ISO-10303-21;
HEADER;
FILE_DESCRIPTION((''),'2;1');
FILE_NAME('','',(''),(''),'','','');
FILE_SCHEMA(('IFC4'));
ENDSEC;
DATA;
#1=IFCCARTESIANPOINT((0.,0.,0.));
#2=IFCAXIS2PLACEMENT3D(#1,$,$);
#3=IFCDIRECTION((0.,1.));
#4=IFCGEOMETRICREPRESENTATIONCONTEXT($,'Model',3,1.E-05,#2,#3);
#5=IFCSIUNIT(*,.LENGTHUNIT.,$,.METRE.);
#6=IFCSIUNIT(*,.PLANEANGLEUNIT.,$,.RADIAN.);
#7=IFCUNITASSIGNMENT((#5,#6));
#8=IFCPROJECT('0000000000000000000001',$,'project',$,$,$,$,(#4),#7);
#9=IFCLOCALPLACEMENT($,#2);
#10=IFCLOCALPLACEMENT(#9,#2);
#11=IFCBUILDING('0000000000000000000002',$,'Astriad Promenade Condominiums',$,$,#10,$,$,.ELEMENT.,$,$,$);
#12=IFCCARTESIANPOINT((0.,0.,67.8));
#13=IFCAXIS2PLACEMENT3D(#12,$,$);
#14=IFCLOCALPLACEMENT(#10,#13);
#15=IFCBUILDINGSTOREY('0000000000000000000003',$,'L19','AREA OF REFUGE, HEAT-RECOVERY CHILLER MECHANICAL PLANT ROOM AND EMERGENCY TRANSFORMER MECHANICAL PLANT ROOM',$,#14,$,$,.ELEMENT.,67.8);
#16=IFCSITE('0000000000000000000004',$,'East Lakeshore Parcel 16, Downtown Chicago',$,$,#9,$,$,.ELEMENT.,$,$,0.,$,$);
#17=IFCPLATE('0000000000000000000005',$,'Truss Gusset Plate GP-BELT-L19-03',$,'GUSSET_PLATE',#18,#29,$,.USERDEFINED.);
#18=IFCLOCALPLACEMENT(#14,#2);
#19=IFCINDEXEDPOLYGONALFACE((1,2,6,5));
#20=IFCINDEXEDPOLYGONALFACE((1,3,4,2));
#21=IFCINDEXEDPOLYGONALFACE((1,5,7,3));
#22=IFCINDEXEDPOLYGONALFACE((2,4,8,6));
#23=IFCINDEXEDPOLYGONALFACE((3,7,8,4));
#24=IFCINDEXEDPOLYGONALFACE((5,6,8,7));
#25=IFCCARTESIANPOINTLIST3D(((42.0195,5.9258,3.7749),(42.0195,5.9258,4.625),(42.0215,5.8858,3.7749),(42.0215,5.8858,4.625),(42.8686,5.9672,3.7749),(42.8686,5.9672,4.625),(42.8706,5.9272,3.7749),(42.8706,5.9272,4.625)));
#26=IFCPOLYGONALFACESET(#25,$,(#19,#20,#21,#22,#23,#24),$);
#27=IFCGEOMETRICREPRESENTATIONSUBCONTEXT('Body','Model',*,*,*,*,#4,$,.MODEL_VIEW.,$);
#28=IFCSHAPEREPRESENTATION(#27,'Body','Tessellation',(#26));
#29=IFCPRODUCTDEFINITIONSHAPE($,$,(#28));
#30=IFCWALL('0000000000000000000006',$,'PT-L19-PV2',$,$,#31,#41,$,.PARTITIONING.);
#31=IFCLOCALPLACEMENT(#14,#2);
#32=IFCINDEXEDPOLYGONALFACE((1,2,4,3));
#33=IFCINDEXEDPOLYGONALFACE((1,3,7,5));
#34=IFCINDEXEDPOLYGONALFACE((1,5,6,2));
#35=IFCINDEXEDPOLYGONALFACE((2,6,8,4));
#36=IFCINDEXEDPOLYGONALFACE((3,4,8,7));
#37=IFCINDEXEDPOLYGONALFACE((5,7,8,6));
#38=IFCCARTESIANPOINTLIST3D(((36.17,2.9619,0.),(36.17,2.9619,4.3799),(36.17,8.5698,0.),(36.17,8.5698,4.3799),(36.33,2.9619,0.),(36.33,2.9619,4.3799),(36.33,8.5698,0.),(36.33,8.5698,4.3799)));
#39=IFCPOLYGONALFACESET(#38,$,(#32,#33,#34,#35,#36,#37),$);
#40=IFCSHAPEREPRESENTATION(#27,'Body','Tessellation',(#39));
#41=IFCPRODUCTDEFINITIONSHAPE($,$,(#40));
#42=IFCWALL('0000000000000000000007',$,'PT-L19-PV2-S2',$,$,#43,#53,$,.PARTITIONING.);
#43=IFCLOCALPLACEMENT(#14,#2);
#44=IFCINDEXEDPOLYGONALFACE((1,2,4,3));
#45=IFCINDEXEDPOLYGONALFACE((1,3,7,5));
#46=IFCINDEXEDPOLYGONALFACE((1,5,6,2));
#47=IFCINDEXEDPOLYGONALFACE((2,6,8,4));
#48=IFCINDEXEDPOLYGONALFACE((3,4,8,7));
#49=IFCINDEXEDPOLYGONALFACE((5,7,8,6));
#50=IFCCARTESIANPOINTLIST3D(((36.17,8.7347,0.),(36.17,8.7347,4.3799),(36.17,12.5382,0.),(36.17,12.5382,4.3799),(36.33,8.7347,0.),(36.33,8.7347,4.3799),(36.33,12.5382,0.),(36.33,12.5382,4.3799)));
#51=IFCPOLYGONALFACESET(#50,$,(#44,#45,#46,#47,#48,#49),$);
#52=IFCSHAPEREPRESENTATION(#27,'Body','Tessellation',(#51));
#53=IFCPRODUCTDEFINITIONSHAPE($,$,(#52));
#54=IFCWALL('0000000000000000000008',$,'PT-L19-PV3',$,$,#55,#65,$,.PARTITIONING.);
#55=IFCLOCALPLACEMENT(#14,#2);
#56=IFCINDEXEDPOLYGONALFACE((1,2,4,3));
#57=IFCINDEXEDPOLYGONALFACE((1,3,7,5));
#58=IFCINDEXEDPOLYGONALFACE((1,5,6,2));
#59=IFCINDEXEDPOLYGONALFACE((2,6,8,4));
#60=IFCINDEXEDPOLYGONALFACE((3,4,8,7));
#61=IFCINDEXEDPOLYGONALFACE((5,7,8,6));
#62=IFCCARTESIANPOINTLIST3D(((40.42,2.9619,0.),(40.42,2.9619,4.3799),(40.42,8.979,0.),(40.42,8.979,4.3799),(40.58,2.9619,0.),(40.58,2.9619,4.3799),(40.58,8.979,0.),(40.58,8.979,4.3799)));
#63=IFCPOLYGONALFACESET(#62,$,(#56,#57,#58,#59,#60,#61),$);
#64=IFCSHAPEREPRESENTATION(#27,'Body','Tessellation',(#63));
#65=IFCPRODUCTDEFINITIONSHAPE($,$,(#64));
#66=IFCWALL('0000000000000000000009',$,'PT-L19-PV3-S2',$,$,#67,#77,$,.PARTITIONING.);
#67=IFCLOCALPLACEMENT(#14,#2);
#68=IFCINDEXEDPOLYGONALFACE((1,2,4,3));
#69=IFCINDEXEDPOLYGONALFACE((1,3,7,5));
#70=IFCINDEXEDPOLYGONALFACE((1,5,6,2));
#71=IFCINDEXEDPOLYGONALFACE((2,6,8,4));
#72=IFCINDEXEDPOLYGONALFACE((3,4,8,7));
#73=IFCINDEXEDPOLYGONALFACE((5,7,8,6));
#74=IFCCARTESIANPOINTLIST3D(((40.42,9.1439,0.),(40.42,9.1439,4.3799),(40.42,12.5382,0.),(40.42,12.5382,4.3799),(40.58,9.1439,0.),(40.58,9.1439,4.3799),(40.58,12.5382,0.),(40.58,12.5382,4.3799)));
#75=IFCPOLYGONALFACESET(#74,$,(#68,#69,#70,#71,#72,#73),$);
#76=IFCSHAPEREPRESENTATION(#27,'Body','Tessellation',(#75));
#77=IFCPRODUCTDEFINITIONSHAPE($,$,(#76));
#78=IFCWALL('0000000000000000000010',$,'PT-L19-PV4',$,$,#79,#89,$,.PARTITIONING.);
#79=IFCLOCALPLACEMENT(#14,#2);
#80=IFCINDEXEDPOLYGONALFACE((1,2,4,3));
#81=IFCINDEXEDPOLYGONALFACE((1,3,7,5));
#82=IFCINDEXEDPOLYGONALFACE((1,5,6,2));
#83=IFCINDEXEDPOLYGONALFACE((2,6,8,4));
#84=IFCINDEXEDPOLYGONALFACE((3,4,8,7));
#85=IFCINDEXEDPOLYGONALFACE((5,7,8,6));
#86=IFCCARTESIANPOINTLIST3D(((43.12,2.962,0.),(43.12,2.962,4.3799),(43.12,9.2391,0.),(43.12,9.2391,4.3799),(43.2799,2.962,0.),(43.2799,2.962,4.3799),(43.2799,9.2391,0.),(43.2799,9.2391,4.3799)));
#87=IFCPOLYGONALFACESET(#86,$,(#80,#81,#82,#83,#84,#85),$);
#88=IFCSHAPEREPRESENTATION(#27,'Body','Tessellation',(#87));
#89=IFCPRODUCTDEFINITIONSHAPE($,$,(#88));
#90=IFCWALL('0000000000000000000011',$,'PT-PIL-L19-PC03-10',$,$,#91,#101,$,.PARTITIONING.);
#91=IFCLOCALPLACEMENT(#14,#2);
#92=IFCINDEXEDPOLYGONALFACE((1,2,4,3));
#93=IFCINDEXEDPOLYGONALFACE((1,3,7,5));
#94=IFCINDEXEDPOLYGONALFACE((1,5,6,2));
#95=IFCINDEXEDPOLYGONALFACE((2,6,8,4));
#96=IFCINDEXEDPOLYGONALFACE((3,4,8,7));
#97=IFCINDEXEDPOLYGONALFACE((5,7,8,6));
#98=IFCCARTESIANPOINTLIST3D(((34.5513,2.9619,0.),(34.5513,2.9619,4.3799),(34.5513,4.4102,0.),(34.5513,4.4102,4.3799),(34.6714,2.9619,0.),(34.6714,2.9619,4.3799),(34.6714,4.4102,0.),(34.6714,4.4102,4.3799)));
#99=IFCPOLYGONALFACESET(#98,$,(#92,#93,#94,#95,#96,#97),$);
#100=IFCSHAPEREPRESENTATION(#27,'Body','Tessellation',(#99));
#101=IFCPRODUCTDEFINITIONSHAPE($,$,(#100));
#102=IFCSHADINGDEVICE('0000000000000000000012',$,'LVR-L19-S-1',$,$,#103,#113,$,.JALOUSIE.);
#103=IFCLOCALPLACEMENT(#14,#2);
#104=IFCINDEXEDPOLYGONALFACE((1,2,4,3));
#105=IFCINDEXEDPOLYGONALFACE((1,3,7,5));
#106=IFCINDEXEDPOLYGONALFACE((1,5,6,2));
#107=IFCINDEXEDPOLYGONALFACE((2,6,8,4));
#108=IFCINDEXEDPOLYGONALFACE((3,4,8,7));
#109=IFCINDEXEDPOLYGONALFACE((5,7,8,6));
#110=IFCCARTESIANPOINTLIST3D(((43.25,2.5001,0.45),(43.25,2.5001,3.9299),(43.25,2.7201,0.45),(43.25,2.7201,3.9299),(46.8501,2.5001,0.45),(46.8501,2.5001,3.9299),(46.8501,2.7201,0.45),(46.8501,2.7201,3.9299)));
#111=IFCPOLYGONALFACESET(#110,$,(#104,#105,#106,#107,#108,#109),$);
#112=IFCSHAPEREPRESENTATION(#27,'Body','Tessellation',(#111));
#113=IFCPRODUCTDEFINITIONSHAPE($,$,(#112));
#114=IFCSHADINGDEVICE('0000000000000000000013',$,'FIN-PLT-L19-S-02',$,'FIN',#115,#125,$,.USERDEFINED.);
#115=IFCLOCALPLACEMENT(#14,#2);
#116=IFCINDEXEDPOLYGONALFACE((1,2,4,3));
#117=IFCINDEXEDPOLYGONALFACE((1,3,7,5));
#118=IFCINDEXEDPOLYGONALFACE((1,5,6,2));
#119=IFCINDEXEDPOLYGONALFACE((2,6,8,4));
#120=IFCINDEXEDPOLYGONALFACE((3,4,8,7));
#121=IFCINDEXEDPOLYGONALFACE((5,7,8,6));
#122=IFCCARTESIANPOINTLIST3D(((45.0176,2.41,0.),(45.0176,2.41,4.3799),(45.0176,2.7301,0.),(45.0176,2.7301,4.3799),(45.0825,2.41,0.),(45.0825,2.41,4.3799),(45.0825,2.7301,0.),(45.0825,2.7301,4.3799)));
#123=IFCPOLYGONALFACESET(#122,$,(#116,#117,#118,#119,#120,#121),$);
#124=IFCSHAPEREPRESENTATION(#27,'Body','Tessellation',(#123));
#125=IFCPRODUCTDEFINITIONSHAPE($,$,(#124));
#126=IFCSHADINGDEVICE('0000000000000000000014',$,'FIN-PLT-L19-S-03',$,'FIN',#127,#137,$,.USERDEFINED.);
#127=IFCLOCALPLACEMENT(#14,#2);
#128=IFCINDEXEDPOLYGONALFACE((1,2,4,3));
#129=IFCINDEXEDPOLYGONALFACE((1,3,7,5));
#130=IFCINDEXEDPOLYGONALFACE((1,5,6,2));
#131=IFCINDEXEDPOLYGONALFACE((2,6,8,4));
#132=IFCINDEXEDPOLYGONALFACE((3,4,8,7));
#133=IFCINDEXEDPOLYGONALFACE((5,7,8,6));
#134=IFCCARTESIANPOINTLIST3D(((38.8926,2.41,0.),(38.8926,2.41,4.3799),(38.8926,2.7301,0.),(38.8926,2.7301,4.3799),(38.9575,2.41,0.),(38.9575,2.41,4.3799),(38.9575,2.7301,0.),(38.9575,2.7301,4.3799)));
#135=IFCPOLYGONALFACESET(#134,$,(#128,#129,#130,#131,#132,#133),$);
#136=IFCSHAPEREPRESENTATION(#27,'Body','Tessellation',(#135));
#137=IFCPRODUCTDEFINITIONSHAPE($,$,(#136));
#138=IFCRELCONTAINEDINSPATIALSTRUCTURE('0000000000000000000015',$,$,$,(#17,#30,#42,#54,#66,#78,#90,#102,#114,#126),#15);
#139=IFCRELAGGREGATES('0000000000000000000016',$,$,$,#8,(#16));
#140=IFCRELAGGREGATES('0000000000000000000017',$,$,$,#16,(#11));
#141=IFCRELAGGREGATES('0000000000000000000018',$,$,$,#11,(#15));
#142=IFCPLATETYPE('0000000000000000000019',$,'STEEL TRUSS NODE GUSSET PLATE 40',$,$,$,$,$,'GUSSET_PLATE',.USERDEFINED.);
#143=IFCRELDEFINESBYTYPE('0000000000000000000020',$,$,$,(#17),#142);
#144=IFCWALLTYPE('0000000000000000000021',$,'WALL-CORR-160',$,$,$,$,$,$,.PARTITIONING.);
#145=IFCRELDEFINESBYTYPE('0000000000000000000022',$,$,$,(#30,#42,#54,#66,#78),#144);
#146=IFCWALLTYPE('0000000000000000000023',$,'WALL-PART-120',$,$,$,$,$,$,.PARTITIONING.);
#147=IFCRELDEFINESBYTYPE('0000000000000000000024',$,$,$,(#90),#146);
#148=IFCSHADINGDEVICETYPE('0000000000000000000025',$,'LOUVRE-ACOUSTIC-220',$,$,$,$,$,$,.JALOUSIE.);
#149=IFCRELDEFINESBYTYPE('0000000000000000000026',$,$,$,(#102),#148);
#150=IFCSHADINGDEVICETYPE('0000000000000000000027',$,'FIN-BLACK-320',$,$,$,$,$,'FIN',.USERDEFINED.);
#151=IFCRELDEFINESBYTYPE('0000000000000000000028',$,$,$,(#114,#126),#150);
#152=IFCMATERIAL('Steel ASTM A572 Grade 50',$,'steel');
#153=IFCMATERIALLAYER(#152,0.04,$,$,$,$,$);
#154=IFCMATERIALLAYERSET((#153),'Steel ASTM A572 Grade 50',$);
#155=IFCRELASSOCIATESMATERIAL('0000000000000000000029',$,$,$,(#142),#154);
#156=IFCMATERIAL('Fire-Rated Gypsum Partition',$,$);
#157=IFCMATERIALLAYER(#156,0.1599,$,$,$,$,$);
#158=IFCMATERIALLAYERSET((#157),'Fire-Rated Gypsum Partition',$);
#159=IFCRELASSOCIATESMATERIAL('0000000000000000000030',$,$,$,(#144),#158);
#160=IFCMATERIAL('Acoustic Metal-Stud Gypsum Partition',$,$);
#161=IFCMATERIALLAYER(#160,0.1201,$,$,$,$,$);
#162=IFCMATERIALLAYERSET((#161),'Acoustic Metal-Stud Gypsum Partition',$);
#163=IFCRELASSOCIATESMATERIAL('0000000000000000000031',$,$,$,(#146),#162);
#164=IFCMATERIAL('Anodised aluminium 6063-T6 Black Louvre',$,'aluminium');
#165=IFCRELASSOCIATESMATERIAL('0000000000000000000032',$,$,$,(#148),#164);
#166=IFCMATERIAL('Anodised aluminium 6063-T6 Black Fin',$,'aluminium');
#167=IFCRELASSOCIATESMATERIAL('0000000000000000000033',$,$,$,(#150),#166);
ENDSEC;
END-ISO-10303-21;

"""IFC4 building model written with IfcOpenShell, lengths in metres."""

from ifc_helpers import new_model, si_unit, direction, frame, frame_2d, origin, origin_2d, place, context, subcontext, project, spatial, rectangle, extrude, source, transform, mapped, material, layer, layer_set, type_object, type_shapes, element, save


model = new_model("IFC4")

# Units and contexts
model_context = context("Model", 3, precision=1e-05, world=origin(), true_north=direction((0.0, 1.0)))
body_context = subcontext(model_context, "Body", "Model", "MODEL_VIEW")
ifc_project = project(units=[si_unit("LENGTHUNIT", "METRE"), si_unit("PLANEANGLEUNIT", "RADIAN")], contexts=[model_context])

# Site, building, storey
site_placement = place(None, origin())
site = spatial("IfcSite", under=ifc_project, at=site_placement, Name="East Lakeshore Parcel 16, Downtown Chicago", CompositionType="ELEMENT", RefElevation=0.0)
building_placement = place(site_placement, origin())
building = spatial("IfcBuilding", under=site, at=building_placement, Name="Astriad Promenade Condominiums", CompositionType="ELEMENT")
storey_placement = place(building_placement, frame((0.0, 0.0, 67.8)))
storey = spatial("IfcBuildingStorey", under=building, at=storey_placement, Name="L19", Description="AREA OF REFUGE, HEAT-RECOVERY CHILLER MECHANICAL PLANT ROOM AND EMERGENCY TRANSFORMER MECHANICAL PLANT ROOM", CompositionType="ELEMENT", Elevation=67.8)

# Plate
ifc_material_1 = material(Name="Steel ASTM A572 Grade 50", Category="steel")
ifc_layer_1 = layer(ifc_material_1, 0.04)
ifc_layer_set_1 = layer_set([ifc_layer_1], Name="Steel ASTM A572 Grade 50")
plate_type_1 = type_object("IfcPlateType", Name="STEEL TRUSS NODE GUSSET PLATE 40", ElementType="GUSSET_PLATE", PredefinedType="USERDEFINED", material=ifc_layer_set_1)
shared_shape_1 = source(origin(), body_context, "Body", "SweptSolid", [
    extrude(rectangle(XDim=0.8501, YDim=0.04, at=origin_2d()), origin(), (0.0, 0.0, 1.0), 0.8501),
])
type_shapes(plate_type_1, [shared_shape_1])
plate_1_placement = place(storey_placement, frame((42.4451, 5.9265, 3.7749), z_axis=(0.0, 0.0, 1.0), x_axis=(0.998815, 0.048675, 0.0)))
element("IfcPlate", 1, at=plate_1_placement, inside=storey, type_object=plate_type_1, Name="Truss Gusset Plate GP-BELT-L19-03", ObjectType="GUSSET_PLATE", PredefinedType="USERDEFINED", context=body_context, shape_type="MappedRepresentation", body=[
    mapped(shared_shape_1, transform((0.0, 0.0, 0.0), scale=1.0)),
])

# Walls
ifc_material_2 = material(Name="Fire-Rated Gypsum Partition")
ifc_layer_2 = layer(ifc_material_2, 0.1599)
ifc_layer_set_2 = layer_set([ifc_layer_2], Name="Fire-Rated Gypsum Partition")
wall_type_1 = type_object("IfcWallType", Name="WALL-CORR-160", PredefinedType="PARTITIONING", material=ifc_layer_set_2)
wall_1_placement = place(storey_placement, frame((36.25, 2.9619, 0.0), z_axis=(0.0, 0.0, 1.0), x_axis=(0.0, 1.0, 0.0)))
element("IfcWall", 2, at=wall_1_placement, inside=storey, type_object=wall_type_1, Name="PT-L19-PV2", PredefinedType="PARTITIONING", context=body_context, shape_type="SweptSolid", body=[
    extrude(rectangle(XDim=5.6079, YDim=0.1599, at=frame_2d((2.804, 0.0))), origin(), (0.0, 0.0, 1.0), 4.3799),
])
wall_2_placement = place(storey_placement, frame((36.25, 8.7346, 0.0), z_axis=(0.0, 0.0, 1.0), x_axis=(0.0, 1.0, 0.0)))
element("IfcWall", 3, at=wall_2_placement, inside=storey, type_object=wall_type_1, Name="PT-L19-PV2-S2", PredefinedType="PARTITIONING", context=body_context, shape_type="SweptSolid", body=[
    extrude(rectangle(XDim=3.8035, YDim=0.1599, at=frame_2d((1.9019, 0.0))), origin(), (0.0, 0.0, 1.0), 4.3799),
])
wall_3_placement = place(storey_placement, frame((40.5, 2.9619, 0.0), z_axis=(0.0, 0.0, 1.0), x_axis=(0.0, 1.0, 0.0)))
element("IfcWall", 4, at=wall_3_placement, inside=storey, type_object=wall_type_1, Name="PT-L19-PV3", PredefinedType="PARTITIONING", context=body_context, shape_type="SweptSolid", body=[
    extrude(rectangle(XDim=6.0171, YDim=0.1599, at=frame_2d((3.0085, 0.0))), origin(), (0.0, 0.0, 1.0), 4.3799),
])
wall_4_placement = place(storey_placement, frame((40.5, 9.1438, 0.0), z_axis=(0.0, 0.0, 1.0), x_axis=(0.0, 1.0, 0.0)))
element("IfcWall", 5, at=wall_4_placement, inside=storey, type_object=wall_type_1, Name="PT-L19-PV3-S2", PredefinedType="PARTITIONING", context=body_context, shape_type="SweptSolid", body=[
    extrude(rectangle(XDim=3.3943, YDim=0.1599, at=frame_2d((1.6973, 0.0))), origin(), (0.0, 0.0, 1.0), 4.3799),
])
wall_5_placement = place(storey_placement, frame((43.2, 2.9619, 0.0), z_axis=(0.0, 0.0, 1.0), x_axis=(0.0, 1.0, 0.0)))
element("IfcWall", 6, at=wall_5_placement, inside=storey, type_object=wall_type_1, Name="PT-L19-PV4", PredefinedType="PARTITIONING", context=body_context, shape_type="SweptSolid", body=[
    extrude(rectangle(XDim=6.2771, YDim=0.1599, at=frame_2d((3.1387, 0.0))), origin(), (0.0, 0.0, 1.0), 4.3799),
])
ifc_material_3 = material(Name="Acoustic Metal-Stud Gypsum Partition")
ifc_layer_3 = layer(ifc_material_3, 0.1201)
ifc_layer_set_3 = layer_set([ifc_layer_3], Name="Acoustic Metal-Stud Gypsum Partition")
wall_type_2 = type_object("IfcWallType", Name="WALL-PART-120", PredefinedType="PARTITIONING", material=ifc_layer_set_3)
wall_6_placement = place(storey_placement, frame((34.6113, 4.4102, 0.0), z_axis=(0.0, 0.0, 1.0), x_axis=(0.0, -1.0, 0.0)))
element("IfcWall", 7, at=wall_6_placement, inside=storey, type_object=wall_type_2, Name="PT-PIL-L19-PC03-10", PredefinedType="PARTITIONING", context=body_context, shape_type="SweptSolid", body=[
    extrude(rectangle(XDim=1.4482, YDim=0.1201, at=frame_2d((0.7241, 0.0))), origin(), (0.0, 0.0, 1.0), 4.3799),
])

# Shading devices
ifc_material_4 = material(Name="Anodised aluminium 6063-T6 Black Louvre", Category="aluminium")
shading_device_type_1 = type_object("IfcShadingDeviceType", Name="LOUVRE-ACOUSTIC-220", PredefinedType="JALOUSIE", material=ifc_material_4)
shared_shape_2 = source(origin(), body_context, "Body", "SweptSolid", [
    extrude(rectangle(XDim=3.6001, YDim=0.22, at=origin_2d()), origin(), (0.0, 0.0, 1.0), 3.48),
])
type_shapes(shading_device_type_1, [shared_shape_2])
shading_device_placement = place(storey_placement, frame((45.05, 2.6101, 0.45), z_axis=(0.0, 0.0, 1.0), x_axis=(-1.0, 0.0, 0.0)))
element("IfcShadingDevice", 8, at=shading_device_placement, inside=storey, type_object=shading_device_type_1, Name="LVR-L19-S-1", PredefinedType="JALOUSIE", context=body_context, shape_type="MappedRepresentation", body=[
    mapped(shared_shape_2, transform((0.0, 0.0, 0.0), scale=1.0)),
])
ifc_material_5 = material(Name="Anodised aluminium 6063-T6 Black Fin", Category="aluminium")
shading_device_type_2 = type_object("IfcShadingDeviceType", Name="FIN-BLACK-320", ElementType="FIN", PredefinedType="USERDEFINED", material=ifc_material_5)
shared_shape_3 = source(origin(), body_context, "Body", "SweptSolid", [
    extrude(rectangle(XDim=0.0649, YDim=0.3201, at=origin_2d()), origin(), (0.0, 0.0, 1.0), 4.3799),
])
type_shapes(shading_device_type_2, [shared_shape_3])
for number, where, z_axis, x_axis, name in (
    (9, (45.05, 2.5701, 0.0), (0.0, 0.0, 1.0), (-1.0, 0.0, 0.0), "FIN-PLT-L19-S-02"),
    (10, (38.925, 2.5701, 0.0), (0.0, 0.0, 1.0), (-1.0, 0.0, 0.0), "FIN-PLT-L19-S-03"),
):
    element("IfcShadingDevice", number, at=place(storey_placement, frame(where, z_axis=z_axis, x_axis=x_axis)), inside=storey, type_object=shading_device_type_2, Name=name, ObjectType="FIN", PredefinedType="USERDEFINED", context=body_context, shape_type="MappedRepresentation", body=[
        mapped(shared_shape_3, transform((0.0, 0.0, 0.0), scale=1.0)),
    ])

save(model, "model.ifc")
